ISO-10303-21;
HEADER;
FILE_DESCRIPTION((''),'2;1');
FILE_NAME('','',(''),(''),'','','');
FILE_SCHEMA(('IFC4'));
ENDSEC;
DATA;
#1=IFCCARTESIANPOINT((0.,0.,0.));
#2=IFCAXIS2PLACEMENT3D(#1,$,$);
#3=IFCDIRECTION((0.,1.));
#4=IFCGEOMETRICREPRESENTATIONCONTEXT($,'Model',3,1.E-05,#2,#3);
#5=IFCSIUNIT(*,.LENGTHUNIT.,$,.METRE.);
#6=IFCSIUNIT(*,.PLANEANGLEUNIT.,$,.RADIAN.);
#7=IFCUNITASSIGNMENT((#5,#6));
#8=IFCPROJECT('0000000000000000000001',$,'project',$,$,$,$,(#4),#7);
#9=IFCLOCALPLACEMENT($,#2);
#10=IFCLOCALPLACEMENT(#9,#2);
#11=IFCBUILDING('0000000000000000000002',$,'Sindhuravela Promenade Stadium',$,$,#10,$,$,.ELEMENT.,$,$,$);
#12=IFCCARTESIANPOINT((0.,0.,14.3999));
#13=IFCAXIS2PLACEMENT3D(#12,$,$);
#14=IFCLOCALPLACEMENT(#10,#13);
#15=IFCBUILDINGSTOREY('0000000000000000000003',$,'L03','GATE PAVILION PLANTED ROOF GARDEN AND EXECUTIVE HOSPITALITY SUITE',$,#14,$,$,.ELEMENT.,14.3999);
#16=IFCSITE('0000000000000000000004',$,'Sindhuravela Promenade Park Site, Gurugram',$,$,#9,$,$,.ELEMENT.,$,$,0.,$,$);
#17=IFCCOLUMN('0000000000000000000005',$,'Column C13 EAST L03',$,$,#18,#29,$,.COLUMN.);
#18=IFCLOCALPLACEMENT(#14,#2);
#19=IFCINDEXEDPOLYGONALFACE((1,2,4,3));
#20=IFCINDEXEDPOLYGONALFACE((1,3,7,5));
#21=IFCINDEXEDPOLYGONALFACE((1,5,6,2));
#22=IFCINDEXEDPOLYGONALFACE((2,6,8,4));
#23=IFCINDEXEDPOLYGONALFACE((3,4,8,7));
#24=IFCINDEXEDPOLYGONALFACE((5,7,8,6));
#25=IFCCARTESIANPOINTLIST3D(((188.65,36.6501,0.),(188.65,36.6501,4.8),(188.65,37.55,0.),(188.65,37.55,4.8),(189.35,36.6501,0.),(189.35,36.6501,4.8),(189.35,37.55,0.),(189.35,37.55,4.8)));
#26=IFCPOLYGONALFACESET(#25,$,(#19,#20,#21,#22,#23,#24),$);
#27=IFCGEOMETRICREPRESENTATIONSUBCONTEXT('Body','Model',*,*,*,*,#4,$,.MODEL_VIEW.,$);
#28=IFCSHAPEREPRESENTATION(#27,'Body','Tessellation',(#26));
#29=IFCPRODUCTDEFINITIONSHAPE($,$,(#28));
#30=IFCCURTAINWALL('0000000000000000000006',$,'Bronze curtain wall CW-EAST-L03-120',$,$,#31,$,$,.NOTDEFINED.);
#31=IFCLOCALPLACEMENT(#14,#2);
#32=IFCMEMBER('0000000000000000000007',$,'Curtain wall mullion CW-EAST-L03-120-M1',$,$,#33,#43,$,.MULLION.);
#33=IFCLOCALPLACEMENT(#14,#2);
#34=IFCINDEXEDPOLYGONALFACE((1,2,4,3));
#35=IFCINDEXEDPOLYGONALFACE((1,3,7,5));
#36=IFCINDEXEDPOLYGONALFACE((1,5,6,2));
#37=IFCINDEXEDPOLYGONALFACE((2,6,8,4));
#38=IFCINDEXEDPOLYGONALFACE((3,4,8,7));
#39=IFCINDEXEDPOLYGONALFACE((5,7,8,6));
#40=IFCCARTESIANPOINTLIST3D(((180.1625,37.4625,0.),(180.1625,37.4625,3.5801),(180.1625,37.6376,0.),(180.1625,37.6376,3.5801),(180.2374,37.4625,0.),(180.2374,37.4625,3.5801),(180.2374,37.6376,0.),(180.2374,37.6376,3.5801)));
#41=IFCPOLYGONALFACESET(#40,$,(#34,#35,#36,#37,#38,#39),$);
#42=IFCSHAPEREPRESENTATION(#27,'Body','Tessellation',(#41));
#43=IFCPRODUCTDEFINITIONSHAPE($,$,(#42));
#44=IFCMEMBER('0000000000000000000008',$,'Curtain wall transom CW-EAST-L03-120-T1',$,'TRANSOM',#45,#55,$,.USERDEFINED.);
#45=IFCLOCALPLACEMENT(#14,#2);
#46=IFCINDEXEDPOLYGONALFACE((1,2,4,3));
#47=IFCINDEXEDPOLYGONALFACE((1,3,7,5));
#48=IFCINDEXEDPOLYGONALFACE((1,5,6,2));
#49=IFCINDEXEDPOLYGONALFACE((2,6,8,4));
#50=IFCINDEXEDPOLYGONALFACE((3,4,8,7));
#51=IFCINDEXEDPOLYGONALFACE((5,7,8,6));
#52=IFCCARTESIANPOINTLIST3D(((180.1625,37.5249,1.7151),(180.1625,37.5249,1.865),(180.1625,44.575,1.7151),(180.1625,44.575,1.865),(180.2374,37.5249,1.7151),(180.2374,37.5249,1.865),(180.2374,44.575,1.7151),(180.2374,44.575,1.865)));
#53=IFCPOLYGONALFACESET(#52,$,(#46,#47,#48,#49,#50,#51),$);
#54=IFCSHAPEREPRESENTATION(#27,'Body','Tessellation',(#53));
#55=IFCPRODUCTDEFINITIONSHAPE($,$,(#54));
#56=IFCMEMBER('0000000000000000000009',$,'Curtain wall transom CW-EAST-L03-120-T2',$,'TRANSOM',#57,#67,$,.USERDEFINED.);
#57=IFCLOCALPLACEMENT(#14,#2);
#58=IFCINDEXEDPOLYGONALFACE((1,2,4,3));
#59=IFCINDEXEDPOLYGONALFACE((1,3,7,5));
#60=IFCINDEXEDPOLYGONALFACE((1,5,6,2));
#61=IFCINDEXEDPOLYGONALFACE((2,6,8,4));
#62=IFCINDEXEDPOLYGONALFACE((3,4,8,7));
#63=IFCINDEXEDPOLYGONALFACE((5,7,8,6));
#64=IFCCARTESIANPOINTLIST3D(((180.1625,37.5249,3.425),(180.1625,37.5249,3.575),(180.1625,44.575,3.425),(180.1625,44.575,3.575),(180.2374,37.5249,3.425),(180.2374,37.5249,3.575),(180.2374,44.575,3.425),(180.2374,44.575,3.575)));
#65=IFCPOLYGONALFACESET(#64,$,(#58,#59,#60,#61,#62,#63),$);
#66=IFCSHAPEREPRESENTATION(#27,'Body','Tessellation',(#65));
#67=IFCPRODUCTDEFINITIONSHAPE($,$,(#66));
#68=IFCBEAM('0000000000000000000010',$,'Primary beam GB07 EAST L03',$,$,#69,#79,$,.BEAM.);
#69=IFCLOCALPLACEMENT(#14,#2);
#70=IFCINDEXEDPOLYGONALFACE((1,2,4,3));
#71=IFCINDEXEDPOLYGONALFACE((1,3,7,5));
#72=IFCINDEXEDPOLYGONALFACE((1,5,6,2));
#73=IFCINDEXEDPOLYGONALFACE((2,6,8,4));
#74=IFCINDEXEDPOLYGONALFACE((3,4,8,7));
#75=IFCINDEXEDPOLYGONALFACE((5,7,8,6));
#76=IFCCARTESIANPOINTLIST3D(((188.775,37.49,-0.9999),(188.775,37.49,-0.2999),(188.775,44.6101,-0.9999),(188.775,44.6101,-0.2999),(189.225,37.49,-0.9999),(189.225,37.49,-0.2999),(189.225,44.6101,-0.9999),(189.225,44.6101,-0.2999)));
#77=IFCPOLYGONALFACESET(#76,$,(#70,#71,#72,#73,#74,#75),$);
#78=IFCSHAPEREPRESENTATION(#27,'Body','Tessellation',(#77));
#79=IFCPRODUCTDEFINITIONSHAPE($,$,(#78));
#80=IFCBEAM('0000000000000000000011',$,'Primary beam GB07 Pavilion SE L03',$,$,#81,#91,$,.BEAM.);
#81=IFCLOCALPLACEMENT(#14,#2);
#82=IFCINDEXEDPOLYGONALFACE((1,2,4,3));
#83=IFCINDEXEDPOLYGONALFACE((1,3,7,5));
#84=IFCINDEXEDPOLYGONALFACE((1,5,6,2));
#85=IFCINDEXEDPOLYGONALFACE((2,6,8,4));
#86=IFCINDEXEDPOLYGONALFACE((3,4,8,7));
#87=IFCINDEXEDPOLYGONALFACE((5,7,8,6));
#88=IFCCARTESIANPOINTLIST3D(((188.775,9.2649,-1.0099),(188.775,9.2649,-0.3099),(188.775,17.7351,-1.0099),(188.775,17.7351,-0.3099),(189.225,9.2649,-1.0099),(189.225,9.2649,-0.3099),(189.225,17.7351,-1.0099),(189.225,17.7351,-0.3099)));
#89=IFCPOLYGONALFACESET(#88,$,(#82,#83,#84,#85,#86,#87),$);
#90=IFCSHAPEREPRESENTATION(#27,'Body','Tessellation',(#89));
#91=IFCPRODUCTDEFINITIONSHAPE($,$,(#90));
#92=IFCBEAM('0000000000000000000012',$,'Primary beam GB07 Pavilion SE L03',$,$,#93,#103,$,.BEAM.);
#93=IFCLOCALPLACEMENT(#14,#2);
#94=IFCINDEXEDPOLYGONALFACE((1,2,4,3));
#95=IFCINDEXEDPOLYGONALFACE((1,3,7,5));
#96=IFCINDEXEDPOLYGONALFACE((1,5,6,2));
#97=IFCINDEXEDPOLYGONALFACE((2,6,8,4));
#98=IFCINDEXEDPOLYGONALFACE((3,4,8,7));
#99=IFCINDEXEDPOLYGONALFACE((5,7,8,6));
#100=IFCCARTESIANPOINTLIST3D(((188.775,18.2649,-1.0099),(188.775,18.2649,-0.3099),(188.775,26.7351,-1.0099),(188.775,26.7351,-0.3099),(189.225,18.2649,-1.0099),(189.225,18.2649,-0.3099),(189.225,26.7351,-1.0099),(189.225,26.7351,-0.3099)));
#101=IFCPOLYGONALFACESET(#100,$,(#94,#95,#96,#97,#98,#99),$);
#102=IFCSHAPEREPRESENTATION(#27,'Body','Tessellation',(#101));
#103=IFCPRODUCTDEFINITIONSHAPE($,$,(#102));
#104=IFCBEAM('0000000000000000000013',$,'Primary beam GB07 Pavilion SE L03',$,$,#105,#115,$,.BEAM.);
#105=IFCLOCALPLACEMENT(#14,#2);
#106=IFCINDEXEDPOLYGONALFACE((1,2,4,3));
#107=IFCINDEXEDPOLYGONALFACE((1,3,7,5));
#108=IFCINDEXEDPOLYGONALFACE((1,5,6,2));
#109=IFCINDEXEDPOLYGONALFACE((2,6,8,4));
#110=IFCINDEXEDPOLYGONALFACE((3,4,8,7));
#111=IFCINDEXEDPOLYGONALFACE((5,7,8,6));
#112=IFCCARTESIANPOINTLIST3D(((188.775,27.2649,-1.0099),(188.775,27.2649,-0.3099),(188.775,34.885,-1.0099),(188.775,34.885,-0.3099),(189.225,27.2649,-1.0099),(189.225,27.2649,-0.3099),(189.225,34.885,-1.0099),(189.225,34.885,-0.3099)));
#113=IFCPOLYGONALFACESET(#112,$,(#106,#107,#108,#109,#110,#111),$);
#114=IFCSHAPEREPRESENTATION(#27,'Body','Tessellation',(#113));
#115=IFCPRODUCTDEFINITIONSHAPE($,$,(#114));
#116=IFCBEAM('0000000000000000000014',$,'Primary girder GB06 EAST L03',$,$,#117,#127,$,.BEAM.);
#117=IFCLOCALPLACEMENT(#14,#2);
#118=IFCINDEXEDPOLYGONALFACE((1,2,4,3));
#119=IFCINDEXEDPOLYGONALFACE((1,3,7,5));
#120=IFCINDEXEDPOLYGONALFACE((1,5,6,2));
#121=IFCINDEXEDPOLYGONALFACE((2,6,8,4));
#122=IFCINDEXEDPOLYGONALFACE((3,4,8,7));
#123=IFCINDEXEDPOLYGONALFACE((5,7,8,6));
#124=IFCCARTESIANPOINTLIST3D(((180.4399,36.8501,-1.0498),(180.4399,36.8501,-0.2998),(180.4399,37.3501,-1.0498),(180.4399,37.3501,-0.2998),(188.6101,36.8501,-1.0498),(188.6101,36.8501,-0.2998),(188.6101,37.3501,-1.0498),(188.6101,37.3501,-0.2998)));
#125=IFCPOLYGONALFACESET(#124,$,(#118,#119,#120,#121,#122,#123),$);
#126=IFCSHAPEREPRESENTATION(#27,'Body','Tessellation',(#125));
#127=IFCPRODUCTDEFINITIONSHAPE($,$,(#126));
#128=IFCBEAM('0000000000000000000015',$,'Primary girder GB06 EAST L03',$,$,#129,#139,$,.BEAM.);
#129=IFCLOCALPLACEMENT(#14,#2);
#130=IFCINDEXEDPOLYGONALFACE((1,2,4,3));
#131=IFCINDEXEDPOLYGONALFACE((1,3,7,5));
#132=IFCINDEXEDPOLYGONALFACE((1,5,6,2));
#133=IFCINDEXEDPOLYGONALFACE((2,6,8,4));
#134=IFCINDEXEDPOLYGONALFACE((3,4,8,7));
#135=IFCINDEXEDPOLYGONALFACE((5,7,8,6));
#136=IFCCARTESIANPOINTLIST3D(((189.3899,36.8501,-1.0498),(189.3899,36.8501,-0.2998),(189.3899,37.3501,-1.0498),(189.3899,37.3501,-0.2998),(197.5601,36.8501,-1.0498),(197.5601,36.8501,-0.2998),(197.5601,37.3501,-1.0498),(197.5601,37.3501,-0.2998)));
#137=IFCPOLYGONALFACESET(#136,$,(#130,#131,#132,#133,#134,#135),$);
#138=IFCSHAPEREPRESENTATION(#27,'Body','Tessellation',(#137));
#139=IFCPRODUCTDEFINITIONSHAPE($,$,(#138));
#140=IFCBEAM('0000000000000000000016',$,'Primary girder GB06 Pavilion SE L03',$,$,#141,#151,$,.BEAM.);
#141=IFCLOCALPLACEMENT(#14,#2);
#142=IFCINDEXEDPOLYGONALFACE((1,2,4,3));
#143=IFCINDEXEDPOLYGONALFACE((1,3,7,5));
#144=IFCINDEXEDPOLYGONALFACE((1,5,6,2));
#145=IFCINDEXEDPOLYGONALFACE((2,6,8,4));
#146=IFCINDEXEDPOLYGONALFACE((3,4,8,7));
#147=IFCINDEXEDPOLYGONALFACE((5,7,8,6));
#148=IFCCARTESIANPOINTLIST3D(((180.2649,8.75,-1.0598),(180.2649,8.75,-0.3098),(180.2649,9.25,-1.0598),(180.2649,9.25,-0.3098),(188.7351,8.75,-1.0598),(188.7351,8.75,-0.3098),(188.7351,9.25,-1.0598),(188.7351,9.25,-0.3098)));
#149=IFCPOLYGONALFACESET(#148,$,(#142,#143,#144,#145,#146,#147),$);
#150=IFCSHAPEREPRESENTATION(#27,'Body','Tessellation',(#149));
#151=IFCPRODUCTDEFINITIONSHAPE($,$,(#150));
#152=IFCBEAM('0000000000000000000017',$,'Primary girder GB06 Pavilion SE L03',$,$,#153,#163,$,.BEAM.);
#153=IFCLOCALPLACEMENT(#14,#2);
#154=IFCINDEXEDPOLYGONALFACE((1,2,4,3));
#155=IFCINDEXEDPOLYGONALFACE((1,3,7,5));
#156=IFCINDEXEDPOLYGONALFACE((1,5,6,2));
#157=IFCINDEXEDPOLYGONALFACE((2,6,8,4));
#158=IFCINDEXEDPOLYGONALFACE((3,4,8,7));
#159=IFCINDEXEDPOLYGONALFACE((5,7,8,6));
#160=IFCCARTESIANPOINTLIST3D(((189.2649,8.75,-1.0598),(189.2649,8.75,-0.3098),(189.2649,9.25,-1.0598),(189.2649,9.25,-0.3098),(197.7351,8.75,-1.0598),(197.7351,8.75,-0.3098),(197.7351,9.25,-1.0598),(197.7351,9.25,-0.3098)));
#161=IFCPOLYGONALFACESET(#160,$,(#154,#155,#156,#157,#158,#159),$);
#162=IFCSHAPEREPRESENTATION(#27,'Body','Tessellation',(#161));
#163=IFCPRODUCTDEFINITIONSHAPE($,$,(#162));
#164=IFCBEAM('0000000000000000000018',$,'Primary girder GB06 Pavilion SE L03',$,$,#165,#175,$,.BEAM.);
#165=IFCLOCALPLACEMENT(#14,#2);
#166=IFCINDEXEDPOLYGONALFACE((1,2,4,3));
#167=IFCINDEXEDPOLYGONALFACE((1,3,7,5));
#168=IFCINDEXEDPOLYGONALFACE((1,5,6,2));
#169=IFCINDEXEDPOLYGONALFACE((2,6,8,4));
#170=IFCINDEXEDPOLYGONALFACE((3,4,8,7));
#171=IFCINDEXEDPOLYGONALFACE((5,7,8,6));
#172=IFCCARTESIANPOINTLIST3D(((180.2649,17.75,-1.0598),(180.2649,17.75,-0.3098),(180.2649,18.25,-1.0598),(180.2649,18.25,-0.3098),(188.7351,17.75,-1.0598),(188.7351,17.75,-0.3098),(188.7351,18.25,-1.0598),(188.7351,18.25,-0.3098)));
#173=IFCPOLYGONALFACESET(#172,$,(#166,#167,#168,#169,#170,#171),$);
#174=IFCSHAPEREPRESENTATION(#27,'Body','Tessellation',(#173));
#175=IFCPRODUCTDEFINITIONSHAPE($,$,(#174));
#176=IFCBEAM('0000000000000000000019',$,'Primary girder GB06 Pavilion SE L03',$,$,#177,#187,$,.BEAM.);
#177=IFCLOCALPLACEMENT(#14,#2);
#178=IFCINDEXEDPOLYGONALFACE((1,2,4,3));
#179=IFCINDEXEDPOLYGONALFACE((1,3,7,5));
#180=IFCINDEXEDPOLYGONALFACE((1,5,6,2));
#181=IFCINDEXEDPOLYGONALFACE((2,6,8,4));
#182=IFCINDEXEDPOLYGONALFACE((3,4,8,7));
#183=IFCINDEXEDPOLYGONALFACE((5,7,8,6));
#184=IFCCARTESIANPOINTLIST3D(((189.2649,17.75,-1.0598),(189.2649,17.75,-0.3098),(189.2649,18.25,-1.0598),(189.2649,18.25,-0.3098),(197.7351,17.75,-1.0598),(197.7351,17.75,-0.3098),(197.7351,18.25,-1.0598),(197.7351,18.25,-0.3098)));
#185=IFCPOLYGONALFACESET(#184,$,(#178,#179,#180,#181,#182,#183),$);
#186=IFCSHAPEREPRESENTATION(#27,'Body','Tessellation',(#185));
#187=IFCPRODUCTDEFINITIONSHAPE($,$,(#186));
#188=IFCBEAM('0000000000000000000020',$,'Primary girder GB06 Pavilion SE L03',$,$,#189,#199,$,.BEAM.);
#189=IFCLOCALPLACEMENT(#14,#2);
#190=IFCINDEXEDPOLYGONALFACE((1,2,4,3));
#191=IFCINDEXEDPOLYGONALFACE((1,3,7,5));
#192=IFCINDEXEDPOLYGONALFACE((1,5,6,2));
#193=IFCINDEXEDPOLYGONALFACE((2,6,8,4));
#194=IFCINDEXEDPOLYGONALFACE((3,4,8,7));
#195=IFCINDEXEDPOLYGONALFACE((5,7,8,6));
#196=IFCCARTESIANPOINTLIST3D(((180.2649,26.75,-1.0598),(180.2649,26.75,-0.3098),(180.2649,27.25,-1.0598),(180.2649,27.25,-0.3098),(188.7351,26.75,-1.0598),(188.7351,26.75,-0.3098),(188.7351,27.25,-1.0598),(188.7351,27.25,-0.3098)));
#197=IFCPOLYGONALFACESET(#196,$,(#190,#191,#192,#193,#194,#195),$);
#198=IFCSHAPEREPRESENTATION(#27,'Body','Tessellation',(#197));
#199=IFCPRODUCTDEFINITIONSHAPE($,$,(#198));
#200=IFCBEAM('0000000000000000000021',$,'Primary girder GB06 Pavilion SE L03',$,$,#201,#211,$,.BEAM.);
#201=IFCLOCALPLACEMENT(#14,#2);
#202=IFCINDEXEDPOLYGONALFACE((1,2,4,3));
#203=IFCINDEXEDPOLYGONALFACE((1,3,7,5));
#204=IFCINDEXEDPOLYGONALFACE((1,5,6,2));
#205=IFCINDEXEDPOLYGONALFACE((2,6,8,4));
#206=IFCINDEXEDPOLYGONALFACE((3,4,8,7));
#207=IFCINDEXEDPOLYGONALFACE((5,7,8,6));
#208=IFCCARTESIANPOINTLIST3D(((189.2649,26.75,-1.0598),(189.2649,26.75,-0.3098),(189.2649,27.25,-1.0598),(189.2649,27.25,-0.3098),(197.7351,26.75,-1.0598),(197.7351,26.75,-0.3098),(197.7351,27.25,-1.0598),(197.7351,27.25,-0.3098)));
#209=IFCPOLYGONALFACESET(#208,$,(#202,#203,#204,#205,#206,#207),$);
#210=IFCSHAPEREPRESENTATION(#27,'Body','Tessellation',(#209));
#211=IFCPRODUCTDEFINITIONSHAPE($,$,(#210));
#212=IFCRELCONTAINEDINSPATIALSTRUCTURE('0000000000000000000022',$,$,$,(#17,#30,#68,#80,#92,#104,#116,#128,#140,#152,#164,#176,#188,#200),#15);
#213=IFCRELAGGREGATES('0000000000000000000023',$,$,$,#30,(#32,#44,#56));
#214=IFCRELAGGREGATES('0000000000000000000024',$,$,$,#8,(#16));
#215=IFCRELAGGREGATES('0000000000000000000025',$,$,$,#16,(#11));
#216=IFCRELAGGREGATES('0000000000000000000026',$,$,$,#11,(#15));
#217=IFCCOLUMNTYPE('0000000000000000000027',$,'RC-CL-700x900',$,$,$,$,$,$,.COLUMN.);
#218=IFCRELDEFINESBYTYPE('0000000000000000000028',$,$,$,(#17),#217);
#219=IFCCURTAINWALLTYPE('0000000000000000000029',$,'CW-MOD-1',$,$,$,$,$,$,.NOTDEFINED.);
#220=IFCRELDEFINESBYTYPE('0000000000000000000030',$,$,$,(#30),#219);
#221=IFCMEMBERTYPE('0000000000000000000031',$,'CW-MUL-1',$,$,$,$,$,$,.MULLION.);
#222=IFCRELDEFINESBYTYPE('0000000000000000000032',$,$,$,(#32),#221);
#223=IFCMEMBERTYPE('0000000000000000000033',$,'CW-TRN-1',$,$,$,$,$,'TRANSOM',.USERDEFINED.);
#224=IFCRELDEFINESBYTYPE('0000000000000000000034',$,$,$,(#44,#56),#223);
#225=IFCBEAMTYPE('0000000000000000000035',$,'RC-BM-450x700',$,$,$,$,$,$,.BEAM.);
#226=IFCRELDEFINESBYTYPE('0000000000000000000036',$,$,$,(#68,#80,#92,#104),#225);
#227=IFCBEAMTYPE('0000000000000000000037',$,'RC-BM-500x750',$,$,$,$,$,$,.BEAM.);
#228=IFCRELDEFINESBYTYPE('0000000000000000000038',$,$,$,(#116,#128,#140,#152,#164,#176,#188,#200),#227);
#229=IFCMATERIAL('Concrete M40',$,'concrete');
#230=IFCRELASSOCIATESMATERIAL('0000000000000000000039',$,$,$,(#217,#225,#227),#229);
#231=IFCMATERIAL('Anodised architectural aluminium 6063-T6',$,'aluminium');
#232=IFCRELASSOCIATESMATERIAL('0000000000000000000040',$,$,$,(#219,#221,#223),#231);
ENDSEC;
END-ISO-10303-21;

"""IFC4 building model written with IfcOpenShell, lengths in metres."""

from ifc_helpers import new_model, si_unit, direction, frame, origin, origin_2d, place, context, subcontext, project, spatial, rectangle, extrude, material, material_profile, profile_set, type_object, element, aggregate, save


model = new_model("IFC4")

# Units and contexts
model_context = context("Model", 3, precision=1e-05, world=origin(), true_north=direction((0.0, 1.0)))
body_context = subcontext(model_context, "Body", "Model", "MODEL_VIEW")
ifc_project = project(units=[si_unit("LENGTHUNIT", "METRE"), si_unit("PLANEANGLEUNIT", "RADIAN")], contexts=[model_context])

# Site, building, storey
site_placement = place(None, origin())
site = spatial("IfcSite", under=ifc_project, at=site_placement, Name="Sindhuravela Promenade Park Site, Gurugram", CompositionType="ELEMENT", RefElevation=0.0)
building_placement = place(site_placement, origin())
building = spatial("IfcBuilding", under=site, at=building_placement, Name="Sindhuravela Promenade Stadium", CompositionType="ELEMENT")
storey_placement = place(building_placement, frame((0.0, 0.0, 14.3999)))
storey = spatial("IfcBuildingStorey", under=building, at=storey_placement, Name="L03", Description="GATE PAVILION PLANTED ROOF GARDEN AND EXECUTIVE HOSPITALITY SUITE", CompositionType="ELEMENT", Elevation=14.3999)

# Column
ifc_material_1 = material(Name="Concrete M40", Category="concrete")
ifc_material_profile_1 = material_profile(ifc_material_1, rectangle(XDim=0.7, YDim=0.8999, at=origin_2d()), Name="RC 700x900")
ifc_profile_set_1 = profile_set([ifc_material_profile_1], Name="Concrete M40")
column_type = type_object("IfcColumnType", Name="RC-CL-700x900", PredefinedType="COLUMN", material=ifc_profile_set_1)
column_placement = place(storey_placement, frame((189.0, 37.1001, 0.0), z_axis=(0.0, 0.0, 1.0), x_axis=(1.0, 0.0, 0.0)))
element("IfcColumn", 1, at=column_placement, inside=storey, type_object=column_type, Name="Column C13 EAST L03", PredefinedType="COLUMN", context=body_context, shape_type="SweptSolid", body=[
    extrude(rectangle(XDim=0.7, YDim=0.8999, at=origin_2d()), origin(), (0.0, 0.0, 1.0), 4.8),
])

# Curtain wall, members
ifc_material_2 = material(Name="Anodised architectural aluminium 6063-T6", Category="aluminium")
curtain_wall_type = type_object("IfcCurtainWallType", Name="CW-MOD-1", PredefinedType="NOTDEFINED", material=ifc_material_2)
curtain_wall_placement = place(storey_placement, origin())
curtain_wall = element("IfcCurtainWall", 2, at=curtain_wall_placement, inside=storey, type_object=curtain_wall_type, Name="Bronze curtain wall CW-EAST-L03-120", PredefinedType="NOTDEFINED")
ifc_material_profile_2 = material_profile(ifc_material_2, rectangle(XDim=0.075, YDim=0.175, at=origin_2d()), Name="ALU MULL 75x175")
ifc_profile_set_2 = profile_set([ifc_material_profile_2], Name="Anodised architectural aluminium 6063-T6")
member_type_1 = type_object("IfcMemberType", Name="CW-MUL-1", PredefinedType="MULLION", material=ifc_profile_set_2)
member_1_placement = place(storey_placement, frame((180.2, 37.55, 0.0), z_axis=(0.0, 0.0, 1.0), x_axis=(1.0, 0.0, 0.0)))
member_1 = element("IfcMember", 3, at=member_1_placement, type_object=member_type_1, Name="Curtain wall mullion CW-EAST-L03-120-M1", PredefinedType="MULLION", context=body_context, shape_type="SweptSolid", body=[
    extrude(rectangle(XDim=0.075, YDim=0.175, at=origin_2d()), origin(), (0.0, 0.0, 1.0), 3.5801),
])
ifc_material_profile_3 = material_profile(ifc_material_2, rectangle(XDim=0.075, YDim=0.1499, at=origin_2d()), Name="ALU TRAN 75x150")
ifc_profile_set_3 = profile_set([ifc_material_profile_3], Name="Anodised architectural aluminium 6063-T6")
member_type_2 = type_object("IfcMemberType", Name="CW-TRN-1", ElementType="TRANSOM", PredefinedType="USERDEFINED", material=ifc_profile_set_3)
member_2_placement = place(storey_placement, frame((180.2, 37.5249, 1.79), z_axis=(0.0, 1.0, 0.0), x_axis=(-1.0, 0.0, 0.0)))
member_2 = element("IfcMember", 4, at=member_2_placement, type_object=member_type_2, Name="Curtain wall transom CW-EAST-L03-120-T1", ObjectType="TRANSOM", PredefinedType="USERDEFINED", context=body_context, shape_type="SweptSolid", body=[
    extrude(rectangle(XDim=0.075, YDim=0.1499, at=origin_2d()), origin(), (0.0, 0.0, 1.0), 7.05),
])
member_3_placement = place(storey_placement, frame((180.2, 37.5249, 3.5), z_axis=(0.0, 1.0, 0.0), x_axis=(-1.0, 0.0, 0.0)))
member_3 = element("IfcMember", 5, at=member_3_placement, type_object=member_type_2, Name="Curtain wall transom CW-EAST-L03-120-T2", ObjectType="TRANSOM", PredefinedType="USERDEFINED", context=body_context, shape_type="SweptSolid", body=[
    extrude(rectangle(XDim=0.075, YDim=0.1499, at=origin_2d()), origin(), (0.0, 0.0, 1.0), 7.05),
])
aggregate(curtain_wall, [member_1, member_2, member_3])

# Beams
ifc_material_profile_4 = material_profile(ifc_material_1, rectangle(XDim=0.45, YDim=0.7, at=origin_2d()), Name="RC 450x700")
ifc_profile_set_4 = profile_set([ifc_material_profile_4], Name="Concrete M40")
beam_type_1 = type_object("IfcBeamType", Name="RC-BM-450x700", PredefinedType="BEAM", material=ifc_profile_set_4)
beam_1_placement = place(storey_placement, frame((189.0, 37.49, -0.6499), z_axis=(0.0, 1.0, 0.0), x_axis=(-1.0, 0.0, 0.0)))
element("IfcBeam", 6, at=beam_1_placement, inside=storey, type_object=beam_type_1, Name="Primary beam GB07 EAST L03", PredefinedType="BEAM", context=body_context, shape_type="SweptSolid", body=[
    extrude(rectangle(XDim=0.45, YDim=0.7, at=origin_2d()), origin(), (0.0, 0.0, 1.0), 7.1201),
])
for number, where, z_axis, x_axis, name in (
    (7, (189.0, 9.2649, -0.6599), (0.0, 1.0, 0.0), (-1.0, 0.0, 0.0), "Primary beam GB07 Pavilion SE L03"),
    (8, (189.0, 18.2649, -0.6599), (0.0, 1.0, 0.0), (-1.0, 0.0, 0.0), "Primary beam GB07 Pavilion SE L03"),
):
    element("IfcBeam", number, at=place(storey_placement, frame(where, z_axis=z_axis, x_axis=x_axis)), inside=storey, type_object=beam_type_1, Name=name, PredefinedType="BEAM", context=body_context, shape_type="SweptSolid", body=[
        extrude(rectangle(XDim=0.45, YDim=0.7, at=origin_2d()), origin(), (0.0, 0.0, 1.0), 8.4702),
    ])
beam_2_placement = place(storey_placement, frame((189.0, 27.2649, -0.6599), z_axis=(0.0, 1.0, 0.0), x_axis=(-1.0, 0.0, 0.0)))
element("IfcBeam", 9, at=beam_2_placement, inside=storey, type_object=beam_type_1, Name="Primary beam GB07 Pavilion SE L03", PredefinedType="BEAM", context=body_context, shape_type="SweptSolid", body=[
    extrude(rectangle(XDim=0.45, YDim=0.7, at=origin_2d()), origin(), (0.0, 0.0, 1.0), 7.6201),
])
ifc_material_profile_5 = material_profile(ifc_material_1, rectangle(XDim=0.5, YDim=0.75, at=origin_2d()), Name="RC 500x750")
ifc_profile_set_5 = profile_set([ifc_material_profile_5], Name="Concrete M40")
beam_type_2 = type_object("IfcBeamType", Name="RC-BM-500x750", PredefinedType="BEAM", material=ifc_profile_set_5)
for number, where, z_axis, x_axis, name in (
    (10, (180.4399, 37.1001, -0.6748), (1.0, 0.0, 0.0), (0.0, 1.0, 0.0), "Primary girder GB06 EAST L03"),
    (11, (189.3899, 37.1001, -0.6748), (1.0, 0.0, 0.0), (0.0, 1.0, 0.0), "Primary girder GB06 EAST L03"),
):
    element("IfcBeam", number, at=place(storey_placement, frame(where, z_axis=z_axis, x_axis=x_axis)), inside=storey, type_object=beam_type_2, Name=name, PredefinedType="BEAM", context=body_context, shape_type="SweptSolid", body=[
        extrude(rectangle(XDim=0.5, YDim=0.75, at=origin_2d()), origin(), (0.0, 0.0, 1.0), 8.1702),
    ])
for number, where, z_axis, x_axis, name in (
    (12, (180.2649, 9.0, -0.6848), (1.0, 0.0, 0.0), (0.0, 1.0, 0.0), "Primary girder GB06 Pavilion SE L03"),
    (13, (189.2649, 9.0, -0.6848), (1.0, 0.0, 0.0), (0.0, 1.0, 0.0), "Primary girder GB06 Pavilion SE L03"),
    (14, (180.2649, 18.0, -0.6848), (1.0, 0.0, 0.0), (0.0, 1.0, 0.0), "Primary girder GB06 Pavilion SE L03"),
    (15, (189.2649, 18.0, -0.6848), (1.0, 0.0, 0.0), (0.0, 1.0, 0.0), "Primary girder GB06 Pavilion SE L03"),
    (16, (180.2649, 27.0, -0.6848), (1.0, 0.0, 0.0), (0.0, 1.0, 0.0), "Primary girder GB06 Pavilion SE L03"),
    (17, (189.2649, 27.0, -0.6848), (1.0, 0.0, 0.0), (0.0, 1.0, 0.0), "Primary girder GB06 Pavilion SE L03"),
):
    element("IfcBeam", number, at=place(storey_placement, frame(where, z_axis=z_axis, x_axis=x_axis)), inside=storey, type_object=beam_type_2, Name=name, PredefinedType="BEAM", context=body_context, shape_type="SweptSolid", body=[
        extrude(rectangle(XDim=0.5, YDim=0.75, at=origin_2d()), origin(), (0.0, 0.0, 1.0), 8.4702),
    ])

save(model, "model.ifc")
